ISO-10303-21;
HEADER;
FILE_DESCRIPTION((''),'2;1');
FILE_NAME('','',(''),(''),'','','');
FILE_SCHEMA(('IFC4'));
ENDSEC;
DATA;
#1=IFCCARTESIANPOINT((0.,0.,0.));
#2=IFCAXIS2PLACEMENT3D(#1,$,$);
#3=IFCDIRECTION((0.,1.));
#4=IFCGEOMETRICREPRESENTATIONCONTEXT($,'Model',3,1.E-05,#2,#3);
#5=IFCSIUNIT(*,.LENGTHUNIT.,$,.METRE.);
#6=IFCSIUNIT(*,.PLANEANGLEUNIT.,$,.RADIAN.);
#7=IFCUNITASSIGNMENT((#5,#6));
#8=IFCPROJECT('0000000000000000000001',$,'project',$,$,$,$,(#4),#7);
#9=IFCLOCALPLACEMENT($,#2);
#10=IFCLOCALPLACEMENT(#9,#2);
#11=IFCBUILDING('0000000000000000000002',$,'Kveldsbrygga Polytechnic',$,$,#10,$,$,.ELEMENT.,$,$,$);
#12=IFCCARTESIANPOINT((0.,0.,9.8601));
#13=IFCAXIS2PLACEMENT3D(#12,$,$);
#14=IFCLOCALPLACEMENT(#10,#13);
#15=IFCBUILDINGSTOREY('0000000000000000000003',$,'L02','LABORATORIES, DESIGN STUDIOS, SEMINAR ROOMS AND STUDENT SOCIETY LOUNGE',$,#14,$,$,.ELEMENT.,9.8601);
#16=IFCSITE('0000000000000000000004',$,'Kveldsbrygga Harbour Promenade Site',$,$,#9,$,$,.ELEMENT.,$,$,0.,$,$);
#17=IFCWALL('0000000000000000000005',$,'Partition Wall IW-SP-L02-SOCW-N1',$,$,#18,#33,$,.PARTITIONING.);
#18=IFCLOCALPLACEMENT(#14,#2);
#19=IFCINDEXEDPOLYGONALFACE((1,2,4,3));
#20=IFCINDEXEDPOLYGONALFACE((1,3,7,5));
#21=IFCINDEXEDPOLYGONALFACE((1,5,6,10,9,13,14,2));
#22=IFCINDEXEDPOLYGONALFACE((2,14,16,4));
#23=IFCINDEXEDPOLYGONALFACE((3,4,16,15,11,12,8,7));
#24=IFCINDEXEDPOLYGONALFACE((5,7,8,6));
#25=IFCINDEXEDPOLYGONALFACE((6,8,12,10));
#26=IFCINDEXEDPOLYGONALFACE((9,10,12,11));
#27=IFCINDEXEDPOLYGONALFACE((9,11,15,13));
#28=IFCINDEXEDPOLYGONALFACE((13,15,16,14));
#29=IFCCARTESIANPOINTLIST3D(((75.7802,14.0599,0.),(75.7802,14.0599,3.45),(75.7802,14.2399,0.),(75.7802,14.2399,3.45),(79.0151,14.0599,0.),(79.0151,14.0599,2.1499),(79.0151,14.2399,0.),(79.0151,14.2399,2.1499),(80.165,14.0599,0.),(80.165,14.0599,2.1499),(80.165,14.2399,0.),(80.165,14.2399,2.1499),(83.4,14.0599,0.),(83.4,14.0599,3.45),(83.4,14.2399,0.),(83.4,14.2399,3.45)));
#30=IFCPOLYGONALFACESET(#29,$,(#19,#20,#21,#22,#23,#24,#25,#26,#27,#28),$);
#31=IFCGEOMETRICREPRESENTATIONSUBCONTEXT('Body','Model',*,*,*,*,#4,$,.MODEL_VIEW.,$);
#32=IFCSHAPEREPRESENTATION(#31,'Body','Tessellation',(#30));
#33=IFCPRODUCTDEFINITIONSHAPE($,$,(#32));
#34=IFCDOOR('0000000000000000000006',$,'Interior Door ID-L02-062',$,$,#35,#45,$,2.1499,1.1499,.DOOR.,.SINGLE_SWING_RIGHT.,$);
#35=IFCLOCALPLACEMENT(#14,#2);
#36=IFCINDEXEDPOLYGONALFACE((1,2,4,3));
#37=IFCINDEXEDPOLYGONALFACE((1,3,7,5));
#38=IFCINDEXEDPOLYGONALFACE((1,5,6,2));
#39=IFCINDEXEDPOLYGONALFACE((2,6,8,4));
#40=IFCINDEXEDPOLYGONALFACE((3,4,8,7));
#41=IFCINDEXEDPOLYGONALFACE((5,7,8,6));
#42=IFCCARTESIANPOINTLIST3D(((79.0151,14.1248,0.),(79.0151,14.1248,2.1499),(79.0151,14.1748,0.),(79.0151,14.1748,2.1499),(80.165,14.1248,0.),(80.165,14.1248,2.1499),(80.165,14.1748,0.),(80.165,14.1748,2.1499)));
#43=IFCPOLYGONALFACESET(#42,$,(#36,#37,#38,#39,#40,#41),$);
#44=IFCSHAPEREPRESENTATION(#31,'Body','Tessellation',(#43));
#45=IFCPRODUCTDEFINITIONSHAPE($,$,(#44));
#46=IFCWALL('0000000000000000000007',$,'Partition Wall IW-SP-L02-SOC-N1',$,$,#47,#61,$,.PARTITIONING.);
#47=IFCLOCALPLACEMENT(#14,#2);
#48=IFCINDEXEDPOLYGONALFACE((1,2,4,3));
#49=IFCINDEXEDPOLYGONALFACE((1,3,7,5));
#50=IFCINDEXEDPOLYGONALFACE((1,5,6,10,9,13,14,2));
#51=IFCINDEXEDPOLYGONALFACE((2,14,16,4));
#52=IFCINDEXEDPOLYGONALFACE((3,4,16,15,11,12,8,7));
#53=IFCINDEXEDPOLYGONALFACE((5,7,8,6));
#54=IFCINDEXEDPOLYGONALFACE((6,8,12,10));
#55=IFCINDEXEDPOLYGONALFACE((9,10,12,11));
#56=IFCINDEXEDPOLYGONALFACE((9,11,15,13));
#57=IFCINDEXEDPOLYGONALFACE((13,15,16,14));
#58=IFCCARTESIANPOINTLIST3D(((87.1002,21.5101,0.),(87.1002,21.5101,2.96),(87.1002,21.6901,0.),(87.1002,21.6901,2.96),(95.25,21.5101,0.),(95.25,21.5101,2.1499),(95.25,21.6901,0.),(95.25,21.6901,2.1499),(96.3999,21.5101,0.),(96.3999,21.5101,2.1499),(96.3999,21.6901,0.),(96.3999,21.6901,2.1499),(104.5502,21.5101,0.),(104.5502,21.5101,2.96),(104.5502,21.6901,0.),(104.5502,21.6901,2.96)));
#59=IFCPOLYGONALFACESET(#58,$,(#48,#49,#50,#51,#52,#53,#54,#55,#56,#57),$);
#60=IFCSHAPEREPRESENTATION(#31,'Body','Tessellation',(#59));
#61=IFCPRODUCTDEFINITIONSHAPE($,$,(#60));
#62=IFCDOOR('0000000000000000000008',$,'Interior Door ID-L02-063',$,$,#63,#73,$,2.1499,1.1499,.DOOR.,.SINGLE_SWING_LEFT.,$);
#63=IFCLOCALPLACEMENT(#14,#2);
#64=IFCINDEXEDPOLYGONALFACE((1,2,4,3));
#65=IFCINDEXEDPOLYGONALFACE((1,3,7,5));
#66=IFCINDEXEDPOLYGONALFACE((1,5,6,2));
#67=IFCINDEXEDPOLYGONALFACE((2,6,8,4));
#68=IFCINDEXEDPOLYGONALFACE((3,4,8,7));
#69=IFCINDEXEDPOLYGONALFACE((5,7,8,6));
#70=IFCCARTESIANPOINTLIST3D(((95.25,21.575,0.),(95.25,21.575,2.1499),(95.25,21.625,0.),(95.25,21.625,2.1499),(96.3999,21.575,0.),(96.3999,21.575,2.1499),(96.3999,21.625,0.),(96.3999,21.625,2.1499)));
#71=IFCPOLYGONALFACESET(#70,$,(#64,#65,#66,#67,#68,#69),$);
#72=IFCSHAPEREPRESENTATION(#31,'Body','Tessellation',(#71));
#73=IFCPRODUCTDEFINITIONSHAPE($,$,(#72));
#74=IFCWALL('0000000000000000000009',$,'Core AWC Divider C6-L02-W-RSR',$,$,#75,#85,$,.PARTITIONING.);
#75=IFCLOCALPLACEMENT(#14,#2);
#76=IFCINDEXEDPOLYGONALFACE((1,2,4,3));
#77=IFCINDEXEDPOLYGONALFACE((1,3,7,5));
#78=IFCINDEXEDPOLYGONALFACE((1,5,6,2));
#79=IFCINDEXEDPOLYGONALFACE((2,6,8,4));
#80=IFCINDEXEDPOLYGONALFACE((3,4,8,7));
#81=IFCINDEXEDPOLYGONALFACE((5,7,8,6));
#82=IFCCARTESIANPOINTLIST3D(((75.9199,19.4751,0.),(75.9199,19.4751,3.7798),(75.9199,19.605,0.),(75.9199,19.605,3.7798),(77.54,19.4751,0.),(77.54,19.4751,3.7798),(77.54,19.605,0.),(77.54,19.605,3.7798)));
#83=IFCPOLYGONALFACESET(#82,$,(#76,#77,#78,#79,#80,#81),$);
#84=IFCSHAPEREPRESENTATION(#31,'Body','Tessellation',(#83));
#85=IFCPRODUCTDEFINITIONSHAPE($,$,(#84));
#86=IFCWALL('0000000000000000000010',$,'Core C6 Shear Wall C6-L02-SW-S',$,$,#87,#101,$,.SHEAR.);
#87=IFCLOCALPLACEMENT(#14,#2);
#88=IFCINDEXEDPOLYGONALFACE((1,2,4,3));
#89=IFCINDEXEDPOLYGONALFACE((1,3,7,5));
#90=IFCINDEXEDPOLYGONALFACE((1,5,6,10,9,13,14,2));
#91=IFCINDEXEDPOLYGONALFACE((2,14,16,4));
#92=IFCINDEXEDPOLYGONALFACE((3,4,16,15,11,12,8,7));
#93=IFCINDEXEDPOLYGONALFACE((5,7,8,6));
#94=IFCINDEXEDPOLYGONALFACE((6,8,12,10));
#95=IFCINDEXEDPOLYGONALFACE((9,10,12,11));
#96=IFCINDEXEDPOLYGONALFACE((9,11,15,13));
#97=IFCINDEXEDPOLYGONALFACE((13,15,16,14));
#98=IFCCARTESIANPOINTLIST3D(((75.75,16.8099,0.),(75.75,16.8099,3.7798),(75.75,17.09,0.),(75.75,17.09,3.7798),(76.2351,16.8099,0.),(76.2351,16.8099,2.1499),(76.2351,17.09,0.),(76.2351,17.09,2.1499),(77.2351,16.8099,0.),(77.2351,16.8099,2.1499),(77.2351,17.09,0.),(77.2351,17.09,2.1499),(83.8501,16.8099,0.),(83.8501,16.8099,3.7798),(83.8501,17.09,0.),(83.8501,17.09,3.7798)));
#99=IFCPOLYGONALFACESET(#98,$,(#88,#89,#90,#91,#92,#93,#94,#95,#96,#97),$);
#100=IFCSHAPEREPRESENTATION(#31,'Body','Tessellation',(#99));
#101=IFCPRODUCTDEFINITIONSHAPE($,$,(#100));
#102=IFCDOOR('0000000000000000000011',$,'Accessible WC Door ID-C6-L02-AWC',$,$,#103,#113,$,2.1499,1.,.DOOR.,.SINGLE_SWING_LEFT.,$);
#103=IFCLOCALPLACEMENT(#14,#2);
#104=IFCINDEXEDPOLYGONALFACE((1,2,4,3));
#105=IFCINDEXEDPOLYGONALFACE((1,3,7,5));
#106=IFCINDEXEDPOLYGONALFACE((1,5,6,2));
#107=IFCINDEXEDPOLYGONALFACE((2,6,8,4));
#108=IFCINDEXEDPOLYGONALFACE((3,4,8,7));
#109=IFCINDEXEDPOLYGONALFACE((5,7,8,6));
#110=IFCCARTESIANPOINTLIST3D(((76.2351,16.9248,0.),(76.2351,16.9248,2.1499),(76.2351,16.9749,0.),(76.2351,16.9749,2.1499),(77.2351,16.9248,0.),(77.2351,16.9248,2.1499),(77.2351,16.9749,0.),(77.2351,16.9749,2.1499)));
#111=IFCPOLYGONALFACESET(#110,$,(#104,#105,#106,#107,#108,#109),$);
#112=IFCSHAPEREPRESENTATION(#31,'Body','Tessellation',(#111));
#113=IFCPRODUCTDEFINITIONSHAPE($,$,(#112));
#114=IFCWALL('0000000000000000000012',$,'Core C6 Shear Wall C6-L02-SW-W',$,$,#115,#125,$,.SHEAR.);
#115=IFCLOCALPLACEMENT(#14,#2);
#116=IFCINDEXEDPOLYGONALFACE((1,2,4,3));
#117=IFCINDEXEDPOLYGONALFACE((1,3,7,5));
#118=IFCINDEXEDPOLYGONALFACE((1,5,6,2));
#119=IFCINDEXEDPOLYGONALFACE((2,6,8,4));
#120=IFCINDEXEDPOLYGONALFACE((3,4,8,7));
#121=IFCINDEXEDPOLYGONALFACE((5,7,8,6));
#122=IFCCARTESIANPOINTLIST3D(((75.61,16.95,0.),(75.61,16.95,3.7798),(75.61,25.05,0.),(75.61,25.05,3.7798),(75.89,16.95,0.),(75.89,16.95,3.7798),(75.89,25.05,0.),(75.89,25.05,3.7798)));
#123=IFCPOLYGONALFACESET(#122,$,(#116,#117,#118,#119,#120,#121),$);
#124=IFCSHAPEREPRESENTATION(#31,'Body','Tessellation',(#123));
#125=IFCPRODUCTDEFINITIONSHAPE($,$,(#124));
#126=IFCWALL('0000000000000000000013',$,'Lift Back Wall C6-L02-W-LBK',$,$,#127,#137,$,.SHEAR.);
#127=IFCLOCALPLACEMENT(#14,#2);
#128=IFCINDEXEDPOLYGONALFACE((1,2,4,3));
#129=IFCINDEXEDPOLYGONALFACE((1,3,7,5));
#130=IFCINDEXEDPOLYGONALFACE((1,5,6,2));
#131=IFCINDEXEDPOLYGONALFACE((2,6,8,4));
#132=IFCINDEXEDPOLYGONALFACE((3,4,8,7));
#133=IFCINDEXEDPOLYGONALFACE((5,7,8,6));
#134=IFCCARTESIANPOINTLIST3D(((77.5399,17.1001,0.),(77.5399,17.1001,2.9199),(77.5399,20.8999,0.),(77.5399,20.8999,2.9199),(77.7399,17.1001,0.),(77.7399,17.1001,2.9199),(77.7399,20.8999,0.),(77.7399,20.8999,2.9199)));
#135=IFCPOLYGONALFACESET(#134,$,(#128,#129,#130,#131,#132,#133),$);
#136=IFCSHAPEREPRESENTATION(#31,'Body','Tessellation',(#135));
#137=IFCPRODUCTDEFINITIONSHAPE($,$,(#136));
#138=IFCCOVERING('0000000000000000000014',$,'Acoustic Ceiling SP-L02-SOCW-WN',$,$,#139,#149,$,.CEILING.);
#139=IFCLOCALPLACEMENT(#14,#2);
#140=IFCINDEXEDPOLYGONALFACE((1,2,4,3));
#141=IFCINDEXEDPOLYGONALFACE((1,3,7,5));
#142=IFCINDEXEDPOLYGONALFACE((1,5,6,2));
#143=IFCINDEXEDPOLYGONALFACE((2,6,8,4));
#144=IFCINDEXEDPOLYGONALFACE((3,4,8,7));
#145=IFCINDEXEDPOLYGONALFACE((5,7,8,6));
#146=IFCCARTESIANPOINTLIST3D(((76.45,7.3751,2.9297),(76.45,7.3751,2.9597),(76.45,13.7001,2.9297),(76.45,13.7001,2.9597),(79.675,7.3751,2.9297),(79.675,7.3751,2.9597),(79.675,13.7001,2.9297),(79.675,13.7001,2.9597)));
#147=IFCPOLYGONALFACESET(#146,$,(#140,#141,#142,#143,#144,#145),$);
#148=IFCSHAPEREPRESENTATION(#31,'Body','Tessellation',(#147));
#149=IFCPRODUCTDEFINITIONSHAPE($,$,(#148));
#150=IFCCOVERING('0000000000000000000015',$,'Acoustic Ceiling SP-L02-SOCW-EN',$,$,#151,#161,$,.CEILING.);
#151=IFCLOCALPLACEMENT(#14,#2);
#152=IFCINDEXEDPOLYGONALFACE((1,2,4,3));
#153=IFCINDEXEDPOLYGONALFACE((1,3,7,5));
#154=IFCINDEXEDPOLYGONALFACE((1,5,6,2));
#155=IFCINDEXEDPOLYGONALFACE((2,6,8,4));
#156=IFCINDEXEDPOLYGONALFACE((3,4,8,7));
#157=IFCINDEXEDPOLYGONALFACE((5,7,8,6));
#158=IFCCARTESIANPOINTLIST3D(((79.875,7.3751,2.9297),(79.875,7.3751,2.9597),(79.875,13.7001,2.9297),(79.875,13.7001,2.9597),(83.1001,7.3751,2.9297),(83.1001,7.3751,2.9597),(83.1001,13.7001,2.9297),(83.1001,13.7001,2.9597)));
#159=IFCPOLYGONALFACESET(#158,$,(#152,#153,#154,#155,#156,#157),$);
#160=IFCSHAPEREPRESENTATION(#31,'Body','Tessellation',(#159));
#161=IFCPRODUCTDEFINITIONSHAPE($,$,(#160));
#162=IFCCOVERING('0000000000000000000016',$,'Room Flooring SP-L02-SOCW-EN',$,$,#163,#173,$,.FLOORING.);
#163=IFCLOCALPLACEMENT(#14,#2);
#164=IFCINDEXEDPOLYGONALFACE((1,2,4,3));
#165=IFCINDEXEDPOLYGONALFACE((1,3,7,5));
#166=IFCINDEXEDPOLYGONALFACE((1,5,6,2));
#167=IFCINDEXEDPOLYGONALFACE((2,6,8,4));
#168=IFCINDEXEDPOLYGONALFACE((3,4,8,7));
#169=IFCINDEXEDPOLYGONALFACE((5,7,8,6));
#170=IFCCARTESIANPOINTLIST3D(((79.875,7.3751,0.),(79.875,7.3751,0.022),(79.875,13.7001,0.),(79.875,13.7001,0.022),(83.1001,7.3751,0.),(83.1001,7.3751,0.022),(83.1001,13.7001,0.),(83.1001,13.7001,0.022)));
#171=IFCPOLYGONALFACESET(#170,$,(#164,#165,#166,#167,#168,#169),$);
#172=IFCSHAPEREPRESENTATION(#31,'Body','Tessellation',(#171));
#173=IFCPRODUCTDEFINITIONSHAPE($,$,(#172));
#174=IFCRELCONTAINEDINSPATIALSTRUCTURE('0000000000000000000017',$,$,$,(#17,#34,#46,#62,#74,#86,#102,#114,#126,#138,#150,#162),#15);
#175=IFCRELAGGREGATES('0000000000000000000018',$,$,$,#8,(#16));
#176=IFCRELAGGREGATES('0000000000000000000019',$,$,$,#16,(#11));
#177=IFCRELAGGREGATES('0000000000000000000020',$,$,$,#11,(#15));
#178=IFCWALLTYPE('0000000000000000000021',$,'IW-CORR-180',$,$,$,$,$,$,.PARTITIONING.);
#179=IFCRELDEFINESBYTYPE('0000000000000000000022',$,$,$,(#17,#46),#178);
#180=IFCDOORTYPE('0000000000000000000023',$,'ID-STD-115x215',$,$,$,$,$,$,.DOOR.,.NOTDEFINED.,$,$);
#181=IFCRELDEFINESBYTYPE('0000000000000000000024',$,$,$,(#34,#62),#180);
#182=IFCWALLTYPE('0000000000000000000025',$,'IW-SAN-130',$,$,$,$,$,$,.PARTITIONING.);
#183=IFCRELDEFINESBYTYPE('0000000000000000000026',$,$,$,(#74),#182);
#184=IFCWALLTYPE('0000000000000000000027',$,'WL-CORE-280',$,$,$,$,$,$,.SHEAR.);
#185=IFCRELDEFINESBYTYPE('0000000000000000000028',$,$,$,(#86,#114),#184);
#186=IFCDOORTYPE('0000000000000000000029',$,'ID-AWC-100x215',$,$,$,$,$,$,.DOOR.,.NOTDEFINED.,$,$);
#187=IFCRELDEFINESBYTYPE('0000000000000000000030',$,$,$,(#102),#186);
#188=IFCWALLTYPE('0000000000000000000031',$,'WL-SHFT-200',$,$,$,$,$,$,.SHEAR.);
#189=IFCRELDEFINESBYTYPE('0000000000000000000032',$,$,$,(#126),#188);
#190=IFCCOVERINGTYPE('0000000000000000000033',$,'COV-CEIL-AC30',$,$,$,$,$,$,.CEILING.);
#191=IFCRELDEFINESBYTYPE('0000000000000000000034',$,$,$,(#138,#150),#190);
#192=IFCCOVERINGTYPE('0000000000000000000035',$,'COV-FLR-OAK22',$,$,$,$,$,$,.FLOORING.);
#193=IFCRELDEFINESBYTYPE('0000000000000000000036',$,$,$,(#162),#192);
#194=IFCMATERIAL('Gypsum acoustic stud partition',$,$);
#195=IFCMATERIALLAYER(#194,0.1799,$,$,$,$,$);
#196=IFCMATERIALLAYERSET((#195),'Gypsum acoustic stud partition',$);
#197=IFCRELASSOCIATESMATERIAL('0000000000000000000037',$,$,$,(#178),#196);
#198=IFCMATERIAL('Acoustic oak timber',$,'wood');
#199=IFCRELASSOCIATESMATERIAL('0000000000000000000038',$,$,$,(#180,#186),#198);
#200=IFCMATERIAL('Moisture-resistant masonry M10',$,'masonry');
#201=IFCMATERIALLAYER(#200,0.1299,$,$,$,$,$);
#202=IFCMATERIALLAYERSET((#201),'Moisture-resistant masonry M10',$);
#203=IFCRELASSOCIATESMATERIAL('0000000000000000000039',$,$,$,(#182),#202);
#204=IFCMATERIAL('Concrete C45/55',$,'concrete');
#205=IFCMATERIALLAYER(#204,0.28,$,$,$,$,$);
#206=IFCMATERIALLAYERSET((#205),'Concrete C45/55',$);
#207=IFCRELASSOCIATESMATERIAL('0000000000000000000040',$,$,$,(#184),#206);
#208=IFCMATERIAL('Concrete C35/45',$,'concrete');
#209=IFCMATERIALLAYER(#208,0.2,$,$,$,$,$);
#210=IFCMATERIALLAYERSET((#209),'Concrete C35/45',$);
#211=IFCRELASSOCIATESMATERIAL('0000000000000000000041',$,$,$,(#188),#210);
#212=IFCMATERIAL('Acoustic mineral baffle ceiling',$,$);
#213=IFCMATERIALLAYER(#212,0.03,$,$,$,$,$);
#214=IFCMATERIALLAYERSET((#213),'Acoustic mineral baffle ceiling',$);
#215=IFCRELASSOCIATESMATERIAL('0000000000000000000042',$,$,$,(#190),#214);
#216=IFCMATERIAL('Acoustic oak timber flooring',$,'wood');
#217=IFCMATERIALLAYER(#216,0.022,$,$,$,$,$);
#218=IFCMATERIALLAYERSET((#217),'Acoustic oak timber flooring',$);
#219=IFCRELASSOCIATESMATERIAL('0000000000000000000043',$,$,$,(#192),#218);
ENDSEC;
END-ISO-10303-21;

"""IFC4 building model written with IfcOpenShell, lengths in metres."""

from ifc_helpers import new_model, si_unit, direction, frame, frame_2d, origin, origin_2d, place, context, subcontext, project, spatial, rectangle, extrude, material, layer, layer_set, type_object, element, fill, save


model = new_model("IFC4")

# Units and contexts
model_context = context("Model", 3, precision=1e-05, world=origin(), true_north=direction((0.0, 1.0)))
body_context = subcontext(model_context, "Body", "Model", "MODEL_VIEW")
ifc_project = project(units=[si_unit("LENGTHUNIT", "METRE"), si_unit("PLANEANGLEUNIT", "RADIAN")], contexts=[model_context])

# Site, building, storey
site_placement = place(None, origin())
site = spatial("IfcSite", under=ifc_project, at=site_placement, Name="Kveldsbrygga Harbour Promenade Site", CompositionType="ELEMENT", RefElevation=0.0)
building_placement = place(site_placement, origin())
building = spatial("IfcBuilding", under=site, at=building_placement, Name="Kveldsbrygga Polytechnic", CompositionType="ELEMENT")
storey_placement = place(building_placement, frame((0.0, 0.0, 9.8601)))
storey = spatial("IfcBuildingStorey", under=building, at=storey_placement, Name="L02", Description="LABORATORIES, DESIGN STUDIOS, SEMINAR ROOMS AND STUDENT SOCIETY LOUNGE", CompositionType="ELEMENT", Elevation=9.8601)

# Shared definitions
ifc_material_1 = material(Name="Concrete C45/55", Category="concrete")

# Shared definitions
ifc_material_2 = material(Name="Concrete C35/45", Category="concrete")

# Walls, openings, doors
ifc_material_3 = material(Name="Gypsum acoustic stud partition")
ifc_layer_1 = layer(ifc_material_3, 0.1799)
ifc_layer_set_1 = layer_set([ifc_layer_1], Name="Gypsum acoustic stud partition")
wall_type_1 = type_object("IfcWallType", Name="IW-CORR-180", PredefinedType="PARTITIONING", material=ifc_layer_set_1)
wall_1_placement = place(storey_placement, frame((75.78, 14.1499, 0.0), z_axis=(0.0, 0.0, 1.0), x_axis=(1.0, 0.0, 0.0)))
wall_1 = element("IfcWall", 1, at=wall_1_placement, inside=storey, type_object=wall_type_1, Name="Partition Wall IW-SP-L02-SOCW-N1", PredefinedType="PARTITIONING", context=body_context, shape_type="SweptSolid", body=[
    extrude(rectangle(XDim=7.6199, YDim=0.1799, at=frame_2d((3.8101, 0.0))), origin(), (0.0, 0.0, 1.0), 3.45),
])
opening_1_placement = place(wall_1_placement, frame((3.2351, 0.0, 0.0)))
opening_1 = element("IfcOpeningElement", 2, at=opening_1_placement, cuts=wall_1, PredefinedType="OPENING", context=body_context, shape_type="SweptSolid", body=[
    extrude(rectangle(XDim=1.1499, YDim=2.1499, at=frame_2d((0.575, 1.075))), frame((0.0, 0.1001, 0.0), z_axis=(0.0, -1.0, 0.0), x_axis=(1.0, 0.0, 0.0)), (0.0, 0.0, 1.0), 0.2),
])
ifc_material_4 = material(Name="Acoustic oak timber", Category="wood")
door_type_1 = type_object("IfcDoorType", Name="ID-STD-115x215", OperationType="NOTDEFINED", PredefinedType="DOOR", material=ifc_material_4)
door_1_placement = place(opening_1_placement, origin())
door_1 = element("IfcDoor", 3, at=door_1_placement, inside=storey, type_object=door_type_1, Name="Interior Door ID-L02-062", OperationType="SINGLE_SWING_RIGHT", OverallHeight=2.1499, OverallWidth=1.1499, PredefinedType="DOOR", context=body_context, shape_type="SweptSolid", body=[
    extrude(rectangle(XDim=1.1499, YDim=2.1499, at=frame_2d((0.575, 1.075))), frame((0.0, 0.0249, 0.0), z_axis=(0.0, -1.0, 0.0), x_axis=(1.0, 0.0, 0.0)), (0.0, 0.0, 1.0), 0.05),
])
fill(opening_1, door_1)
wall_2_placement = place(storey_placement, frame((87.1001, 21.6001, 0.0), z_axis=(0.0, 0.0, 1.0), x_axis=(1.0, 0.0, 0.0)))
wall_2 = element("IfcWall", 4, at=wall_2_placement, inside=storey, type_object=wall_type_1, Name="Partition Wall IW-SP-L02-SOC-N1", PredefinedType="PARTITIONING", context=body_context, shape_type="SweptSolid", body=[
    extrude(rectangle(XDim=17.45, YDim=0.1799, at=frame_2d((8.7251, 0.0))), origin(), (0.0, 0.0, 1.0), 2.96),
])
opening_2_placement = place(wall_2_placement, frame((8.1499, 0.0, 0.0)))
opening_2 = element("IfcOpeningElement", 5, at=opening_2_placement, cuts=wall_2, PredefinedType="OPENING", context=body_context, shape_type="SweptSolid", body=[
    extrude(rectangle(XDim=1.1499, YDim=2.1499, at=frame_2d((0.575, 1.075))), frame((0.0, 0.1001, 0.0), z_axis=(0.0, -1.0, 0.0), x_axis=(1.0, 0.0, 0.0)), (0.0, 0.0, 1.0), 0.2),
])
door_2_placement = place(opening_2_placement, origin())
door_2 = element("IfcDoor", 6, at=door_2_placement, inside=storey, type_object=door_type_1, Name="Interior Door ID-L02-063", OperationType="SINGLE_SWING_LEFT", OverallHeight=2.1499, OverallWidth=1.1499, PredefinedType="DOOR", context=body_context, shape_type="SweptSolid", body=[
    extrude(rectangle(XDim=1.1499, YDim=2.1499, at=frame_2d((0.575, 1.075))), frame((0.0, 0.0249, 0.0), z_axis=(0.0, -1.0, 0.0), x_axis=(1.0, 0.0, 0.0)), (0.0, 0.0, 1.0), 0.05),
])
fill(opening_2, door_2)

# Wall
ifc_material_5 = material(Name="Moisture-resistant masonry M10", Category="masonry")
ifc_layer_2 = layer(ifc_material_5, 0.1299)
ifc_layer_set_2 = layer_set([ifc_layer_2], Name="Moisture-resistant masonry M10")
wall_type_2 = type_object("IfcWallType", Name="IW-SAN-130", PredefinedType="PARTITIONING", material=ifc_layer_set_2)
wall_3_placement = place(storey_placement, frame((75.9199, 19.54, 0.0), z_axis=(0.0, 0.0, 1.0), x_axis=(1.0, 0.0, 0.0)))
element("IfcWall", 7, at=wall_3_placement, inside=storey, type_object=wall_type_2, Name="Core AWC Divider C6-L02-W-RSR", PredefinedType="PARTITIONING", context=body_context, shape_type="SweptSolid", body=[
    extrude(rectangle(XDim=1.6201, YDim=0.1299, at=frame_2d((0.8101, 0.0))), origin(), (0.0, 0.0, 1.0), 3.7798),
])

# Wall, opening, door
ifc_layer_3 = layer(ifc_material_1, 0.28)
ifc_layer_set_3 = layer_set([ifc_layer_3], Name="Concrete C45/55")
wall_type_3 = type_object("IfcWallType", Name="WL-CORE-280", PredefinedType="SHEAR", material=ifc_layer_set_3)
wall_4_placement = place(storey_placement, frame((75.75, 16.95, 0.0), z_axis=(0.0, 0.0, 1.0), x_axis=(1.0, 0.0, 0.0)))
wall_4 = element("IfcWall", 8, at=wall_4_placement, inside=storey, type_object=wall_type_3, Name="Core C6 Shear Wall C6-L02-SW-S", PredefinedType="SHEAR", context=body_context, shape_type="SweptSolid", body=[
    extrude(rectangle(XDim=8.1001, YDim=0.28, at=frame_2d((4.05, 0.0))), origin(), (0.0, 0.0, 1.0), 3.7798),
])
opening_3_placement = place(wall_4_placement, frame((0.4851, 0.0, 0.0)))
opening_3 = element("IfcOpeningElement", 9, at=opening_3_placement, cuts=wall_4, PredefinedType="OPENING", context=body_context, shape_type="SweptSolid", body=[
    extrude(rectangle(XDim=1.0, YDim=2.1499, at=frame_2d((0.5, 1.075))), frame((0.0, 0.1499, 0.0), z_axis=(0.0, -1.0, 0.0), x_axis=(1.0, 0.0, 0.0)), (0.0, 0.0, 1.0), 0.3),
])
door_type_2 = type_object("IfcDoorType", Name="ID-AWC-100x215", OperationType="NOTDEFINED", PredefinedType="DOOR", material=ifc_material_4)
door_3_placement = place(opening_3_placement, origin())
door_3 = element("IfcDoor", 10, at=door_3_placement, inside=storey, type_object=door_type_2, Name="Accessible WC Door ID-C6-L02-AWC", OperationType="SINGLE_SWING_LEFT", OverallHeight=2.1499, OverallWidth=1.0, PredefinedType="DOOR", context=body_context, shape_type="SweptSolid", body=[
    extrude(rectangle(XDim=1.0, YDim=2.1499, at=frame_2d((0.5, 1.075))), frame((0.0, 0.0249, 0.0), z_axis=(0.0, -1.0, 0.0), x_axis=(1.0, 0.0, 0.0)), (0.0, 0.0, 1.0), 0.05),
])
fill(opening_3, door_3)

# Wall
wall_5_placement = place(storey_placement, frame((75.75, 16.95, 0.0), z_axis=(0.0, 0.0, 1.0), x_axis=(0.0, 1.0, 0.0)))
element("IfcWall", 11, at=wall_5_placement, inside=storey, type_object=wall_type_3, Name="Core C6 Shear Wall C6-L02-SW-W", PredefinedType="SHEAR", context=body_context, shape_type="SweptSolid", body=[
    extrude(rectangle(XDim=8.1001, YDim=0.28, at=frame_2d((4.05, 0.0))), origin(), (0.0, 0.0, 1.0), 3.7798),
])

# Shared definitions
ifc_layer_4 = layer(ifc_material_2, 0.2)
ifc_layer_set_4 = layer_set([ifc_layer_4], Name="Concrete C35/45")
wall_type_4 = type_object("IfcWallType", Name="WL-SHFT-200", PredefinedType="SHEAR", material=ifc_layer_set_4)

# Wall
wall_6_placement = place(storey_placement, frame((77.6399, 17.1001, 0.0), z_axis=(0.0, 0.0, 1.0), x_axis=(0.0, 1.0, 0.0)))
element("IfcWall", 12, at=wall_6_placement, inside=storey, type_object=wall_type_4, Name="Lift Back Wall C6-L02-W-LBK", PredefinedType="SHEAR", context=body_context, shape_type="SweptSolid", body=[
    extrude(rectangle(XDim=3.7998, YDim=0.2, at=frame_2d((1.8999, 0.0))), origin(), (0.0, 0.0, 1.0), 2.9199),
])

# Coverings
ifc_material_6 = material(Name="Acoustic mineral baffle ceiling")
ifc_layer_5 = layer(ifc_material_6, 0.03)
ifc_layer_set_5 = layer_set([ifc_layer_5], Name="Acoustic mineral baffle ceiling")
covering_type_1 = type_object("IfcCoveringType", Name="COV-CEIL-AC30", PredefinedType="CEILING", material=ifc_layer_set_5)
for number, where, z_axis, x_axis, name in (
    (13, (78.0625, 10.5376, 2.9297), (0.0, 0.0, 1.0), (1.0, 0.0, 0.0), "Acoustic Ceiling SP-L02-SOCW-WN"),
    (14, (81.4875, 10.5376, 2.9297), (0.0, 0.0, 1.0), (1.0, 0.0, 0.0), "Acoustic Ceiling SP-L02-SOCW-EN"),
):
    element("IfcCovering", number, at=place(storey_placement, frame(where, z_axis=z_axis, x_axis=x_axis)), inside=storey, type_object=covering_type_1, Name=name, PredefinedType="CEILING", context=body_context, shape_type="SweptSolid", body=[
        extrude(rectangle(XDim=3.2251, YDim=6.325, at=origin_2d()), origin(), (0.0, 0.0, 1.0), 0.03),
    ])
ifc_material_7 = material(Name="Acoustic oak timber flooring", Category="wood")
ifc_layer_6 = layer(ifc_material_7, 0.022)
ifc_layer_set_6 = layer_set([ifc_layer_6], Name="Acoustic oak timber flooring")
covering_type_2 = type_object("IfcCoveringType", Name="COV-FLR-OAK22", PredefinedType="FLOORING", material=ifc_layer_set_6)
covering_placement = place(storey_placement, frame((81.4875, 10.5376, 0.0), z_axis=(0.0, 0.0, 1.0), x_axis=(1.0, 0.0, 0.0)))
element("IfcCovering", 15, at=covering_placement, inside=storey, type_object=covering_type_2, Name="Room Flooring SP-L02-SOCW-EN", PredefinedType="FLOORING", context=body_context, shape_type="SweptSolid", body=[
    extrude(rectangle(XDim=3.2251, YDim=6.325, at=origin_2d()), origin(), (0.0, 0.0, 1.0), 0.022),
])

save(model, "model.ifc")
